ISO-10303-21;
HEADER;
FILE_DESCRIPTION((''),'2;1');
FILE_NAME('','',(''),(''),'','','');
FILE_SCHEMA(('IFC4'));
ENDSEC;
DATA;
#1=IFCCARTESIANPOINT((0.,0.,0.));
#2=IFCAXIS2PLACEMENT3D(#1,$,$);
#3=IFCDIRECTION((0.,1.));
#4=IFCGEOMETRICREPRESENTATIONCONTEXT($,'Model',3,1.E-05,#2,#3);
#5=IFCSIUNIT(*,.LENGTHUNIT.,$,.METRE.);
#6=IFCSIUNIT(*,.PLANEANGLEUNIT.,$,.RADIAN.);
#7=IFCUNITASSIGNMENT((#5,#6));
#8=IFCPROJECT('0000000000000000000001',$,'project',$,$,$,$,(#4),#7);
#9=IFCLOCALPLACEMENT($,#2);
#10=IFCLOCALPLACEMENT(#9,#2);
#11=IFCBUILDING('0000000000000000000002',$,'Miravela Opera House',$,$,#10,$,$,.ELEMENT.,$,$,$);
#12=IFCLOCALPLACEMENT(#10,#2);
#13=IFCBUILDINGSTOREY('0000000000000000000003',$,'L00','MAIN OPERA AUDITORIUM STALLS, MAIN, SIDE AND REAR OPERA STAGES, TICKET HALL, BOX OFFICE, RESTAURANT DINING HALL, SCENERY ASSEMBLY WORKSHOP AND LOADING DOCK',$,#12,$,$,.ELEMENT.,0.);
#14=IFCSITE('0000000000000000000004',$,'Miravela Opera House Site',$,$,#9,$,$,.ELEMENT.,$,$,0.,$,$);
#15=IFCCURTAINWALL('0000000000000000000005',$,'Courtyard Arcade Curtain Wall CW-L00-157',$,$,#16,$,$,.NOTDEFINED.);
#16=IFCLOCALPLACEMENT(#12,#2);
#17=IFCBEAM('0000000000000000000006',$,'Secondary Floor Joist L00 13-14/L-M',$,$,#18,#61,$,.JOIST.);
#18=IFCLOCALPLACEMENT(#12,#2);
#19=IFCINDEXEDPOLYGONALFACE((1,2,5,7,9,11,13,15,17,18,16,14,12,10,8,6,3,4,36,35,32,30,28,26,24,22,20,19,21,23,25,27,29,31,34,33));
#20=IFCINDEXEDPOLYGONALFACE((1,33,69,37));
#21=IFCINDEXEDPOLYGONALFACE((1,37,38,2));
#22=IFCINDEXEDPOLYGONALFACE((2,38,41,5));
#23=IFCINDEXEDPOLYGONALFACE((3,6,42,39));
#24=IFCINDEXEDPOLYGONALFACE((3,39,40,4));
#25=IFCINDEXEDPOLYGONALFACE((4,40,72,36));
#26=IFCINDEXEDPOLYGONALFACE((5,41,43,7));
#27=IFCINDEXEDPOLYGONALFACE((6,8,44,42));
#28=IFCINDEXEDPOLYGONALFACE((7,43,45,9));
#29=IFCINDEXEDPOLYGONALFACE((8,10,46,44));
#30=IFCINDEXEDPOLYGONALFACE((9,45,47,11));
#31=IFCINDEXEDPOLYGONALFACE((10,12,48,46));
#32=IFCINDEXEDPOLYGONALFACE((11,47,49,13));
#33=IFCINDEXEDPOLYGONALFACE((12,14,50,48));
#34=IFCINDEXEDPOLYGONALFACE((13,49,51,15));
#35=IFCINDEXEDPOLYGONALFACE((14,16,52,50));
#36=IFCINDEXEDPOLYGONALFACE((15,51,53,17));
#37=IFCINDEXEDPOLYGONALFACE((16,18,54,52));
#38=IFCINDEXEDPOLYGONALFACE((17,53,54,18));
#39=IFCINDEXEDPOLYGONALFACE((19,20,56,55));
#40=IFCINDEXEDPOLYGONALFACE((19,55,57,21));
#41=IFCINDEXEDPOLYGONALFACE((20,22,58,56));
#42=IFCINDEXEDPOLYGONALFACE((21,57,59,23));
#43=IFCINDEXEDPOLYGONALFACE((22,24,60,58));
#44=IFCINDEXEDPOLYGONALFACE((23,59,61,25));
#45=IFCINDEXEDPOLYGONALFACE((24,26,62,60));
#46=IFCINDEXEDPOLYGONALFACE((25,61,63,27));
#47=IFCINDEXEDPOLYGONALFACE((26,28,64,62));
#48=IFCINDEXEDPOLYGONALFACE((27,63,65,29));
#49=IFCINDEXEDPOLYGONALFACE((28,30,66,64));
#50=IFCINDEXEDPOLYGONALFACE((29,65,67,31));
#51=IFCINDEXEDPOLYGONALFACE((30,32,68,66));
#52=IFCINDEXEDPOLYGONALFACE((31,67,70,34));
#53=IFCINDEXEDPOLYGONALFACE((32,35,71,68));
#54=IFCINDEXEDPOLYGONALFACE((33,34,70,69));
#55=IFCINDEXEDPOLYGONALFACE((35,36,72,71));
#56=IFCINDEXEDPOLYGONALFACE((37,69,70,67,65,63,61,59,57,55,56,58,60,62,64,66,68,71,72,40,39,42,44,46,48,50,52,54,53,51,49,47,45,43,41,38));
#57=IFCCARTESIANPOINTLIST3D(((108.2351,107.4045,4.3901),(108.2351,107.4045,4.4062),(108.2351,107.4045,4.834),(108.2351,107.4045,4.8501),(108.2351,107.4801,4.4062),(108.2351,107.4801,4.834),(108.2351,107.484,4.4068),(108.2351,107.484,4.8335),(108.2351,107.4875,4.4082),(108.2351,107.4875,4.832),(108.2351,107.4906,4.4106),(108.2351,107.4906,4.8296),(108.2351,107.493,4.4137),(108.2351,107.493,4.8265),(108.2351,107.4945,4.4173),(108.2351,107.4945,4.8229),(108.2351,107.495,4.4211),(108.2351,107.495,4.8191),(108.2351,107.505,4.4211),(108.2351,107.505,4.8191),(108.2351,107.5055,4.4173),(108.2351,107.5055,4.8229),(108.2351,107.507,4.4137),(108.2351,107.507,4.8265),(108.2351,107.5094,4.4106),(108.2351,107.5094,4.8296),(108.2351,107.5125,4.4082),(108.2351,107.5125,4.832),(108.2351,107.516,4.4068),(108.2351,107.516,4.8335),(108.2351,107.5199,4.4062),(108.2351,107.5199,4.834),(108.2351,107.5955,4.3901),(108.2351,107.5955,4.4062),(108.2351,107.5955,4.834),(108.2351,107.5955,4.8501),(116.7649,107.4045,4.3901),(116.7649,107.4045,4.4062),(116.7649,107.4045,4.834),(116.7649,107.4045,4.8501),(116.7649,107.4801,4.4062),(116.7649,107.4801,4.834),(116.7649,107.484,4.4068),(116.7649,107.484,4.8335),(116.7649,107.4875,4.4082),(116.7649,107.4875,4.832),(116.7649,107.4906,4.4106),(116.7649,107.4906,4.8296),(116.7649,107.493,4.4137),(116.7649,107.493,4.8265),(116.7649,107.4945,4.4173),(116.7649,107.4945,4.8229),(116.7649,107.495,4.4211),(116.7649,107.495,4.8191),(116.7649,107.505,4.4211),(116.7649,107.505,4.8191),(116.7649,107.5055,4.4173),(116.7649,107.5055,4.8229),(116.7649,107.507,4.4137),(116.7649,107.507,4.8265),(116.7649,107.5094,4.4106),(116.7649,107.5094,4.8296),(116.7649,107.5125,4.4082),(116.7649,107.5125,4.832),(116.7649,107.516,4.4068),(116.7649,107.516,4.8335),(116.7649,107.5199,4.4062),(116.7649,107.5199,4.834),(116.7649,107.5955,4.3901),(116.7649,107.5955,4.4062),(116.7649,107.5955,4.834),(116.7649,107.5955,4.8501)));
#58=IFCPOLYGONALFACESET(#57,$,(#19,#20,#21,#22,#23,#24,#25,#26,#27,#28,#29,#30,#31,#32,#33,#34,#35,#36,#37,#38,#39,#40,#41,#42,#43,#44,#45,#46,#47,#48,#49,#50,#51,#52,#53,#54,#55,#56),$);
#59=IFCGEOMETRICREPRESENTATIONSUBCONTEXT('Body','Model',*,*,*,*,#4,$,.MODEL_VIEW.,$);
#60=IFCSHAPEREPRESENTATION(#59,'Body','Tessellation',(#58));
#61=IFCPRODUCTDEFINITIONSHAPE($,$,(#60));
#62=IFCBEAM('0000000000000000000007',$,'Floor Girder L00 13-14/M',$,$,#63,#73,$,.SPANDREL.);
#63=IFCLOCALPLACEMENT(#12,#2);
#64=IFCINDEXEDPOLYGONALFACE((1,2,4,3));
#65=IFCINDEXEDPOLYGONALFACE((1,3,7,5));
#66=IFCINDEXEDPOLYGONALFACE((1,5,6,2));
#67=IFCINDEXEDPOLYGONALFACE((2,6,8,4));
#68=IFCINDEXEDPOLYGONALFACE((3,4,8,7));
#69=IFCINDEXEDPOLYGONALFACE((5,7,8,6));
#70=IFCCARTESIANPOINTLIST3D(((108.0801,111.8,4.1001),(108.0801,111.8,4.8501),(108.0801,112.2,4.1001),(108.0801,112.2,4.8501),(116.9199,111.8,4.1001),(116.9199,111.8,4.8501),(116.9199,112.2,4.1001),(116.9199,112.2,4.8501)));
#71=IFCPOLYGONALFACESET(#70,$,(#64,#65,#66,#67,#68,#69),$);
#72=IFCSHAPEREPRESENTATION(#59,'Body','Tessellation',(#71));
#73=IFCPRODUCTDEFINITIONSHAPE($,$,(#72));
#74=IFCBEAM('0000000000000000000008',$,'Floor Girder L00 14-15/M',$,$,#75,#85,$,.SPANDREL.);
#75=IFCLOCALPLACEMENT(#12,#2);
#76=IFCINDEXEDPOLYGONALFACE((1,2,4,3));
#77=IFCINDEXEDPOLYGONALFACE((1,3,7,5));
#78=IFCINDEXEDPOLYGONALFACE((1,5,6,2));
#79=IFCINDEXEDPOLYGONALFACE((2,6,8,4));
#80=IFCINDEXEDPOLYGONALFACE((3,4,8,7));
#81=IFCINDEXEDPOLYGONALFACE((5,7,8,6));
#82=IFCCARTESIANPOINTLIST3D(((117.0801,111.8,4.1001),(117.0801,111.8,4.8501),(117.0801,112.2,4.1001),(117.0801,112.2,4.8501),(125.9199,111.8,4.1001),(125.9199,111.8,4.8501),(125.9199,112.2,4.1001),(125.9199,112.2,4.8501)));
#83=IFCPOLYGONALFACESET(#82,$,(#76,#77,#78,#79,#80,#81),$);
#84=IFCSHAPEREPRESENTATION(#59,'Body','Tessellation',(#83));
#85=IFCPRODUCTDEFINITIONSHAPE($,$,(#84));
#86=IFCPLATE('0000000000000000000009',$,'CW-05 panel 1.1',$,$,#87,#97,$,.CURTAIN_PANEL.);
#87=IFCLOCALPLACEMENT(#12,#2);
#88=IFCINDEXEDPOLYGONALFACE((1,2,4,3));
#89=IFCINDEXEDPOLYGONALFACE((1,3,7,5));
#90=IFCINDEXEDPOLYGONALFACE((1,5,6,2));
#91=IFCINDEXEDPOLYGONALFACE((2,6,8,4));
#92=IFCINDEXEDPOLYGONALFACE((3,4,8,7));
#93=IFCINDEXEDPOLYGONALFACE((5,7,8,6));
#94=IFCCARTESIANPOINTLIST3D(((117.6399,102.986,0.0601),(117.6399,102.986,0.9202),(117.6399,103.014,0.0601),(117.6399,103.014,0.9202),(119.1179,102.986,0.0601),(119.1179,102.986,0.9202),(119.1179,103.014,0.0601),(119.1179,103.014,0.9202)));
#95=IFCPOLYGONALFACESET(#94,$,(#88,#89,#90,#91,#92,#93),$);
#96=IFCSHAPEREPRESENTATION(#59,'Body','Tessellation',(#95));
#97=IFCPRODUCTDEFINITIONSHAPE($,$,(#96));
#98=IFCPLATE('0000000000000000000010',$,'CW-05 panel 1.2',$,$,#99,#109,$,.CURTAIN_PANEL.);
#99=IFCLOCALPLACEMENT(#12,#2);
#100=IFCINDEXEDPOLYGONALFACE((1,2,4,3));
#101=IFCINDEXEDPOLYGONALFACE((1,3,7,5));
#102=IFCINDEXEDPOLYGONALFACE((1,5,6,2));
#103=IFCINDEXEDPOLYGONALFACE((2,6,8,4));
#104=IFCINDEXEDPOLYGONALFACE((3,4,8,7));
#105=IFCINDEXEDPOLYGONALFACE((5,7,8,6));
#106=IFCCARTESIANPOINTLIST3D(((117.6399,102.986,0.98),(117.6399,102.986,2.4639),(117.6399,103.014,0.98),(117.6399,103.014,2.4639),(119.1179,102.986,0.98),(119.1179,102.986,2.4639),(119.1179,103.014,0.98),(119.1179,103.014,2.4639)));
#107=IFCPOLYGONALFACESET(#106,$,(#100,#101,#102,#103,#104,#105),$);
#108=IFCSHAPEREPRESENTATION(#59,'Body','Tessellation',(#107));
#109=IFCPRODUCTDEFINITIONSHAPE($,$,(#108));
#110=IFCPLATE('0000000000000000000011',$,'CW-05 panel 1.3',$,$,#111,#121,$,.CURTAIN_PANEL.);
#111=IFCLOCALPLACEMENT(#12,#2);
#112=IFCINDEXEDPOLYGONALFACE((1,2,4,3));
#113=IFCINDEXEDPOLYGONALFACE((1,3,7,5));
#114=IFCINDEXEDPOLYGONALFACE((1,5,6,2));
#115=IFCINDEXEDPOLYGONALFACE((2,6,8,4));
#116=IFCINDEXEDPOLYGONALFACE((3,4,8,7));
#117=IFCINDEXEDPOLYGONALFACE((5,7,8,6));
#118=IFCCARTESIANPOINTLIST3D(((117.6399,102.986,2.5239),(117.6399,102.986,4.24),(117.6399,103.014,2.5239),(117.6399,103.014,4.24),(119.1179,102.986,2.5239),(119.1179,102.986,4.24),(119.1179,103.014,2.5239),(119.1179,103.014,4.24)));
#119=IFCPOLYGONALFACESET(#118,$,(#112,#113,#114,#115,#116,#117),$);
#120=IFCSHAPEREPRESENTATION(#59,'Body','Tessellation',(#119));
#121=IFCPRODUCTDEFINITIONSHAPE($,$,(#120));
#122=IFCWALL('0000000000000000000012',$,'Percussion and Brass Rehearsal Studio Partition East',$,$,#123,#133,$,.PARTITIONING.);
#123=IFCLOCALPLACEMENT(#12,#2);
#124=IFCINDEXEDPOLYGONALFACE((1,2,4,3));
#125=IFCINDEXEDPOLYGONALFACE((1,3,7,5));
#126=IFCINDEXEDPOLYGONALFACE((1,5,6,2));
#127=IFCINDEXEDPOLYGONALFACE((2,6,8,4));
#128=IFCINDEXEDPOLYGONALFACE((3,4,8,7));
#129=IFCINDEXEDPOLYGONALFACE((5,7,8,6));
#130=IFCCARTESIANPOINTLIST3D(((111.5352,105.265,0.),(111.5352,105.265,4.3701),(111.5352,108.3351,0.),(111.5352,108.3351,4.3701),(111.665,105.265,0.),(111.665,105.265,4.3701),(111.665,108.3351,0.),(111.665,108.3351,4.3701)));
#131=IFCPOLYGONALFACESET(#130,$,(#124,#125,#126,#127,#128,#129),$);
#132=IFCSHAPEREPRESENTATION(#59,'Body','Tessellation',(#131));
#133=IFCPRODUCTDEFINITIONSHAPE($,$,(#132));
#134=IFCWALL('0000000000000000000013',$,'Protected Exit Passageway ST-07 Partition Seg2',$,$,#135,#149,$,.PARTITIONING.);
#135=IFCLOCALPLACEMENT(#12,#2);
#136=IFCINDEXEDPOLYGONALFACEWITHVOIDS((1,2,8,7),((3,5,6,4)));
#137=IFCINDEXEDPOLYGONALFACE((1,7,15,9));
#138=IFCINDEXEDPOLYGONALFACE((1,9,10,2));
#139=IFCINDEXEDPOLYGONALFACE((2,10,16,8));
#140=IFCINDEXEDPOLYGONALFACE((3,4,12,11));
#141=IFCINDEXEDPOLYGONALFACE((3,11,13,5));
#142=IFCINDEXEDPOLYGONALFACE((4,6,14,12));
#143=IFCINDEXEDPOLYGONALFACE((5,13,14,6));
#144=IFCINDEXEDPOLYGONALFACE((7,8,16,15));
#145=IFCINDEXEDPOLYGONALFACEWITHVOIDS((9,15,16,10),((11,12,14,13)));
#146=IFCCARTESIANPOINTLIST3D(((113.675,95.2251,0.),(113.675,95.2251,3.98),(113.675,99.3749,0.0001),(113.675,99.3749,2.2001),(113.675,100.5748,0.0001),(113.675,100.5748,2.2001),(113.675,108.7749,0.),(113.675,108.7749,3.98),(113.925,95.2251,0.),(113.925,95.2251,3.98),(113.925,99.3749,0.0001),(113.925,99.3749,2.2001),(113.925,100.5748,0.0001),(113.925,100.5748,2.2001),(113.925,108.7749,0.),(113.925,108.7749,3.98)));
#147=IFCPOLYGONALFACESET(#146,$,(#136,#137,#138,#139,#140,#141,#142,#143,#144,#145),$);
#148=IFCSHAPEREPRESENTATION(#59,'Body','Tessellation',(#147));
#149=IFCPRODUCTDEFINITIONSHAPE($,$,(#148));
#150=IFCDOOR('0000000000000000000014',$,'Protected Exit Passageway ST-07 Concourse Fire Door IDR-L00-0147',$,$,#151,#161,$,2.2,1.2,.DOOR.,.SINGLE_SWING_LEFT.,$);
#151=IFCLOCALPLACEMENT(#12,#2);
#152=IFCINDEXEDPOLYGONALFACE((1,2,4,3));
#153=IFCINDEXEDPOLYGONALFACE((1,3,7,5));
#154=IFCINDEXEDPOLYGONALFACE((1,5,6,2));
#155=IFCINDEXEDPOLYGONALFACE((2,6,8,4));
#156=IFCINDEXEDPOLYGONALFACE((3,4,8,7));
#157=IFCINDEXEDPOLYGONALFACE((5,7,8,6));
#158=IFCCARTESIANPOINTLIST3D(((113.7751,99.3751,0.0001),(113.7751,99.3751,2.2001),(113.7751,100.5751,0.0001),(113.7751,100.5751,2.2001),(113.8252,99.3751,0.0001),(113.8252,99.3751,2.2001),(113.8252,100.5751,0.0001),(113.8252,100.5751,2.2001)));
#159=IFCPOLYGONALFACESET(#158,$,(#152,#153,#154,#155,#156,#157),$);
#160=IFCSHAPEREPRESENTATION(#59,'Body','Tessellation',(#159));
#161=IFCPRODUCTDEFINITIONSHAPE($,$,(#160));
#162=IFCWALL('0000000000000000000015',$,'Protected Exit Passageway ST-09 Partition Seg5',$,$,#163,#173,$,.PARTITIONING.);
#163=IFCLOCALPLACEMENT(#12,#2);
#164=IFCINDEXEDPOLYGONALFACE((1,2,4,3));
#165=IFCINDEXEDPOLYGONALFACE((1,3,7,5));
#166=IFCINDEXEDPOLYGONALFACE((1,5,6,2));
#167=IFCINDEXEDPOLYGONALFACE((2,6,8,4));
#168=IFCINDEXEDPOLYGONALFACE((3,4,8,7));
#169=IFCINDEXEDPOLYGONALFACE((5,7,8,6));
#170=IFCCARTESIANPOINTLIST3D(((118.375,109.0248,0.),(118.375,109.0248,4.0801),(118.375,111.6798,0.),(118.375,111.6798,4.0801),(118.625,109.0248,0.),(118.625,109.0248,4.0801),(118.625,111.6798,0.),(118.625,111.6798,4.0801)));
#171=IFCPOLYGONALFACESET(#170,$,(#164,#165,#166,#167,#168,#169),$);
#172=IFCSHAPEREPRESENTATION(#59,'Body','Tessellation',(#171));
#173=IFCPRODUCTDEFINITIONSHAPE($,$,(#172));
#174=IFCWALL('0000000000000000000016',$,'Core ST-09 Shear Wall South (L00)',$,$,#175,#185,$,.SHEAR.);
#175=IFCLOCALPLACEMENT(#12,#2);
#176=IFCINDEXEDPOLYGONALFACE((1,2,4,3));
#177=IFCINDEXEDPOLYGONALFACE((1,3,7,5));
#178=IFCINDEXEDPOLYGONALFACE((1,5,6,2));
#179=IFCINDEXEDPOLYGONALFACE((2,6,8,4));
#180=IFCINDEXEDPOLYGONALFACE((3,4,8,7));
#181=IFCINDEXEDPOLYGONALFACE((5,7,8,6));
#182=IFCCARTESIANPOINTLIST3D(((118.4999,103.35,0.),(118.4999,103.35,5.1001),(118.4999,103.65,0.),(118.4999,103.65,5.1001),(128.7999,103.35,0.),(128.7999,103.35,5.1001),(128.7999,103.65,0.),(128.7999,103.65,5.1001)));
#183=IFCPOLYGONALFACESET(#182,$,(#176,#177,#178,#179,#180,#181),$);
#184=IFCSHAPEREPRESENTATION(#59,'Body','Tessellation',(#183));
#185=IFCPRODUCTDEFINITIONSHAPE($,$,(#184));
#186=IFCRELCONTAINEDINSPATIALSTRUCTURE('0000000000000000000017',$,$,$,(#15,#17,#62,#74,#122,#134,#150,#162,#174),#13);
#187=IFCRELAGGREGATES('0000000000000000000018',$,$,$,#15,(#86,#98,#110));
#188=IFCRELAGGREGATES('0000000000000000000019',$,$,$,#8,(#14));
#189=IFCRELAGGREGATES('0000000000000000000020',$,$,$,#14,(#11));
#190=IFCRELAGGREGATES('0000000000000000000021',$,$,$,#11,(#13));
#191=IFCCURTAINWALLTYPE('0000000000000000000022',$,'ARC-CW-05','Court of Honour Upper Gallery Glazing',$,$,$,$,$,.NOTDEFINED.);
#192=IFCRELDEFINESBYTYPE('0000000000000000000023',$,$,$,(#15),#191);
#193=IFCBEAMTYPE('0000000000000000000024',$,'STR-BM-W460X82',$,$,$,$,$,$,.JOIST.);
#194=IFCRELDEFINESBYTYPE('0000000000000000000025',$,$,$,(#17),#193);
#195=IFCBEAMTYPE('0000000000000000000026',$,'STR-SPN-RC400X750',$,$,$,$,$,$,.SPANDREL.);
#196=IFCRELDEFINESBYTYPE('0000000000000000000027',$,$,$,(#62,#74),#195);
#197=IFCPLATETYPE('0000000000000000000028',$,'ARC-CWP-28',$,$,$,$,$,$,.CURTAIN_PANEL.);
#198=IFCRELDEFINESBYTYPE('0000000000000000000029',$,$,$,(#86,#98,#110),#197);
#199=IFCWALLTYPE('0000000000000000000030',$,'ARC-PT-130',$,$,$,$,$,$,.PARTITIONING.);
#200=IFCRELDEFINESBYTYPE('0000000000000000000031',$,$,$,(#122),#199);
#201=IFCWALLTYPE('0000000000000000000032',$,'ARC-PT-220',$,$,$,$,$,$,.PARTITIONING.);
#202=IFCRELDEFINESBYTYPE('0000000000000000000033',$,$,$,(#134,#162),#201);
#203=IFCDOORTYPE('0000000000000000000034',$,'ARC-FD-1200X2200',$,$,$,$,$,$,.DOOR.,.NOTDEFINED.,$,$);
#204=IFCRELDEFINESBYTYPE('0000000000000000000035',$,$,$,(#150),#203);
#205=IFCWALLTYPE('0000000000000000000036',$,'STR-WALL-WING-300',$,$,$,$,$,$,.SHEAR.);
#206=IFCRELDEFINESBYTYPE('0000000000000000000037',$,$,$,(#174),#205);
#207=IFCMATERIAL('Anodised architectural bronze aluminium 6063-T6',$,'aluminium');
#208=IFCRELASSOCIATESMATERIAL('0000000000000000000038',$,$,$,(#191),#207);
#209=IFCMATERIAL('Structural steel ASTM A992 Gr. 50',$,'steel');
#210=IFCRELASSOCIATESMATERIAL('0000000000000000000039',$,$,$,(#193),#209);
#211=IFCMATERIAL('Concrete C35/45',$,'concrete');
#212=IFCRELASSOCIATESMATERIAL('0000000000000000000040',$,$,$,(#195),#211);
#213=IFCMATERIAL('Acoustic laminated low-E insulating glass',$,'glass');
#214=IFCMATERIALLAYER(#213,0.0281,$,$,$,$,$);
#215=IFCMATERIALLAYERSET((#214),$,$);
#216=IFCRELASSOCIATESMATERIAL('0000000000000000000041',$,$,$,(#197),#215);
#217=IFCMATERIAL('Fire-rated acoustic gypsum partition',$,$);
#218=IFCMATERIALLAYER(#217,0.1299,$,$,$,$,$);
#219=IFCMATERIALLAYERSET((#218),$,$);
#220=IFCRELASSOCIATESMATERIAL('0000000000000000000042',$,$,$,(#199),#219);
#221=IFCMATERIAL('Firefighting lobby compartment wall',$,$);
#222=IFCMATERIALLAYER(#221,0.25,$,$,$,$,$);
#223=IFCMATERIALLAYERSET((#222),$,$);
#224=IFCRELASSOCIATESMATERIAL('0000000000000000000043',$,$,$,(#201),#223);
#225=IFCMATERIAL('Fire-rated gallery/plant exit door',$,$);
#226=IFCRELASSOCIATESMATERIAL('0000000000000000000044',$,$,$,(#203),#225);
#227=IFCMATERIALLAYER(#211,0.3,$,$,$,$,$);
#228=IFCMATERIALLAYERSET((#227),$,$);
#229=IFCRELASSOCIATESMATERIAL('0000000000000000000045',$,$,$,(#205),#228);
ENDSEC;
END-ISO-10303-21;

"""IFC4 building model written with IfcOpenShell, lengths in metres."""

from ifc_helpers import new_model, si_unit, direction, frame, frame_2d, origin, origin_2d, place, context, subcontext, project, spatial, rectangle, i_section, extrude, material, layer, layer_set, material_profile, profile_set, type_object, element, fill, aggregate, save


model = new_model("IFC4")

# Units and contexts
model_context = context("Model", 3, precision=1e-05, world=origin(), true_north=direction((0.0, 1.0)))
body_context = subcontext(model_context, "Body", "Model", "MODEL_VIEW")
ifc_project = project(units=[si_unit("LENGTHUNIT", "METRE"), si_unit("PLANEANGLEUNIT", "RADIAN")], contexts=[model_context])

# Site, building, storey
site_placement = place(None, origin())
site = spatial("IfcSite", under=ifc_project, at=site_placement, Name="Miravela Opera House Site", CompositionType="ELEMENT", RefElevation=0.0)
building_placement = place(site_placement, origin())
building = spatial("IfcBuilding", under=site, at=building_placement, Name="Miravela Opera House", CompositionType="ELEMENT")
storey_placement = place(building_placement, origin())
storey = spatial("IfcBuildingStorey", under=building, at=storey_placement, Name="L00", Description="MAIN OPERA AUDITORIUM STALLS, MAIN, SIDE AND REAR OPERA STAGES, TICKET HALL, BOX OFFICE, RESTAURANT DINING HALL, SCENERY ASSEMBLY WORKSHOP AND LOADING DOCK", CompositionType="ELEMENT", Elevation=0.0)

# Curtain wall
ifc_material_1 = material(Name="Anodised architectural bronze aluminium 6063-T6", Category="aluminium")
curtain_wall_type = type_object("IfcCurtainWallType", Name="ARC-CW-05", Description="Court of Honour Upper Gallery Glazing", PredefinedType="NOTDEFINED", material=ifc_material_1)
curtain_wall_placement = place(storey_placement, origin())
curtain_wall = element("IfcCurtainWall", 1, at=curtain_wall_placement, inside=storey, type_object=curtain_wall_type, Name="Courtyard Arcade Curtain Wall CW-L00-157", PredefinedType="NOTDEFINED")

# Beams
ifc_material_2 = material(Name="Concrete C35/45", Category="concrete")
ifc_material_3 = material(Name="Structural steel ASTM A992 Gr. 50", Category="steel")
ifc_material_profile_1 = material_profile(ifc_material_3, i_section(OverallWidth=0.1909, OverallDepth=0.46, WebThickness=0.01, FlangeThickness=0.0161, FilletRadius=0.0149, at=origin_2d()), Name="W460X82")
ifc_profile_set_1 = profile_set([ifc_material_profile_1])
beam_type_1 = type_object("IfcBeamType", Name="STR-BM-W460X82", PredefinedType="JOIST", material=ifc_profile_set_1)
beam_1_placement = place(storey_placement, frame((108.2351, 107.5, 4.6201), z_axis=(1.0, 0.0, 0.0), x_axis=(0.0, 1.0, 0.0)))
element("IfcBeam", 2, at=beam_1_placement, inside=storey, type_object=beam_type_1, Name="Secondary Floor Joist L00 13-14/L-M", PredefinedType="JOIST", context=body_context, shape_type="SweptSolid", body=[
    extrude(i_section(OverallWidth=0.1909, OverallDepth=0.46, WebThickness=0.01, FlangeThickness=0.0161, FilletRadius=0.0149, at=origin_2d()), origin(), (0.0, 0.0, 1.0), 8.5298),
])
ifc_material_profile_2 = material_profile(ifc_material_2, rectangle(XDim=0.3999, YDim=0.75, at=origin_2d()), Name="RC-SPN-400X750")
ifc_profile_set_2 = profile_set([ifc_material_profile_2])
beam_type_2 = type_object("IfcBeamType", Name="STR-SPN-RC400X750", PredefinedType="SPANDREL", material=ifc_profile_set_2)
for number, where, z_axis, x_axis, name in (
    (3, (108.0801, 112.0, 4.4751), (1.0, 0.0, 0.0), (0.0, 1.0, 0.0), "Floor Girder L00 13-14/M"),
    (4, (117.0801, 112.0, 4.4751), (1.0, 0.0, 0.0), (0.0, 1.0, 0.0), "Floor Girder L00 14-15/M"),
):
    element("IfcBeam", number, at=place(storey_placement, frame(where, z_axis=z_axis, x_axis=x_axis)), inside=storey, type_object=beam_type_2, Name=name, PredefinedType="SPANDREL", context=body_context, shape_type="SweptSolid", body=[
        extrude(rectangle(XDim=0.3999, YDim=0.75, at=origin_2d()), origin(), (0.0, 0.0, 1.0), 8.8398),
    ])

# Plates
ifc_material_4 = material(Name="Acoustic laminated low-E insulating glass", Category="glass")
ifc_layer_1 = layer(ifc_material_4, 0.0281)
ifc_layer_set_1 = layer_set([ifc_layer_1])
plate_type = type_object("IfcPlateType", Name="ARC-CWP-28", PredefinedType="CURTAIN_PANEL", material=ifc_layer_set_1)
plate_1_placement = place(storey_placement, frame((118.3789, 103.0, 0.0601), z_axis=(0.0, 0.0, 1.0), x_axis=(1.0, 0.0, 0.0)))
plate_1 = element("IfcPlate", 5, at=plate_1_placement, type_object=plate_type, Name="CW-05 panel 1.1", PredefinedType="CURTAIN_PANEL", context=body_context, shape_type="SweptSolid", body=[
    extrude(rectangle(XDim=1.478, YDim=0.0281, at=origin_2d()), origin(), (0.0, 0.0, 1.0), 0.8601),
])
plate_2_placement = place(storey_placement, frame((118.3789, 103.0, 0.98), z_axis=(0.0, 0.0, 1.0), x_axis=(1.0, 0.0, 0.0)))
plate_2 = element("IfcPlate", 6, at=plate_2_placement, type_object=plate_type, Name="CW-05 panel 1.2", PredefinedType="CURTAIN_PANEL", context=body_context, shape_type="SweptSolid", body=[
    extrude(rectangle(XDim=1.478, YDim=0.0281, at=origin_2d()), origin(), (0.0, 0.0, 1.0), 1.4839),
])
plate_3_placement = place(storey_placement, frame((118.3789, 103.0, 2.5239), z_axis=(0.0, 0.0, 1.0), x_axis=(1.0, 0.0, 0.0)))
plate_3 = element("IfcPlate", 7, at=plate_3_placement, type_object=plate_type, Name="CW-05 panel 1.3", PredefinedType="CURTAIN_PANEL", context=body_context, shape_type="SweptSolid", body=[
    extrude(rectangle(XDim=1.478, YDim=0.0281, at=origin_2d()), origin(), (0.0, 0.0, 1.0), 1.7161),
])
aggregate(curtain_wall, [plate_1, plate_2, plate_3])

# Wall
ifc_material_5 = material(Name="Fire-rated acoustic gypsum partition")
ifc_layer_2 = layer(ifc_material_5, 0.1299)
ifc_layer_set_2 = layer_set([ifc_layer_2])
wall_type_1 = type_object("IfcWallType", Name="ARC-PT-130", PredefinedType="PARTITIONING", material=ifc_layer_set_2)
wall_1_placement = place(storey_placement, frame((111.6001, 105.2649, 0.0), z_axis=(0.0, 0.0, 1.0), x_axis=(0.0, 1.0, 0.0)))
element("IfcWall", 8, at=wall_1_placement, inside=storey, type_object=wall_type_1, Name="Percussion and Brass Rehearsal Studio Partition East", PredefinedType="PARTITIONING", context=body_context, shape_type="SweptSolid", body=[
    extrude(rectangle(XDim=3.0701, YDim=0.1299, at=frame_2d((1.5352, 0.0))), origin(), (0.0, 0.0, 1.0), 4.3701),
])

# Wall, opening, door
ifc_material_6 = material(Name="Firefighting lobby compartment wall")
ifc_layer_3 = layer(ifc_material_6, 0.25)
ifc_layer_set_3 = layer_set([ifc_layer_3])
wall_type_2 = type_object("IfcWallType", Name="ARC-PT-220", PredefinedType="PARTITIONING", material=ifc_layer_set_3)
wall_2_placement = place(storey_placement, frame((113.8, 108.7749, 0.0), z_axis=(0.0, 0.0, 1.0), x_axis=(0.0, -1.0, 0.0)))
wall_2 = element("IfcWall", 9, at=wall_2_placement, inside=storey, type_object=wall_type_2, Name="Protected Exit Passageway ST-07 Partition Seg2", PredefinedType="PARTITIONING", context=body_context, shape_type="SweptSolid", body=[
    extrude(rectangle(XDim=13.5498, YDim=0.25, at=frame_2d((6.7749, 0.0))), origin(), (0.0, 0.0, 1.0), 3.98),
])
opening_1_placement = place(wall_2_placement, frame((8.2, 0.0, 0.0)))
opening_1 = element("IfcOpeningElement", 10, at=opening_1_placement, cuts=wall_2, PredefinedType="OPENING", context=body_context, shape_type="SweptSolid", body=[
    extrude(rectangle(XDim=1.2, YDim=2.2, at=frame_2d((0.6001, 1.1001))), frame((0.0, 0.135, 0.0), z_axis=(0.0, -1.0, 0.0), x_axis=(1.0, 0.0, 0.0)), (0.0, 0.0, 1.0), 0.27),
])
ifc_material_7 = material(Name="Fire-rated gallery/plant exit door")
door_type_1 = type_object("IfcDoorType", Name="ARC-FD-1200X2200", OperationType="NOTDEFINED", PredefinedType="DOOR", material=ifc_material_7)
door_1_placement = place(opening_1_placement, frame((1.2, 0.0, 0.0), z_axis=(0.0, 0.0, 1.0), x_axis=(-1.0, 0.0, 0.0)))
door_1 = element("IfcDoor", 11, at=door_1_placement, inside=storey, type_object=door_type_1, Name="Protected Exit Passageway ST-07 Concourse Fire Door IDR-L00-0147", OperationType="SINGLE_SWING_LEFT", OverallHeight=2.2, OverallWidth=1.2, PredefinedType="DOOR", context=body_context, shape_type="SweptSolid", body=[
    extrude(rectangle(XDim=1.2, YDim=2.2, at=frame_2d((0.6001, 1.1001))), frame((0.0, 0.0249, 0.0), z_axis=(0.0, -1.0, 0.0), x_axis=(1.0, 0.0, 0.0)), (0.0, 0.0, 1.0), 0.05),
])
fill(opening_1, door_1)

# Walls
wall_3_placement = place(storey_placement, frame((118.5, 111.6799, 0.0), z_axis=(0.0, 0.0, 1.0), x_axis=(0.0, -1.0, 0.0)))
element("IfcWall", 12, at=wall_3_placement, inside=storey, type_object=wall_type_2, Name="Protected Exit Passageway ST-09 Partition Seg5", PredefinedType="PARTITIONING", context=body_context, shape_type="SweptSolid", body=[
    extrude(rectangle(XDim=2.655, YDim=0.25, at=frame_2d((1.3276, 0.0))), origin(), (0.0, 0.0, 1.0), 4.0801),
])
ifc_layer_4 = layer(ifc_material_2, 0.3)
ifc_layer_set_4 = layer_set([ifc_layer_4])
wall_type_3 = type_object("IfcWallType", Name="STR-WALL-WING-300", PredefinedType="SHEAR", material=ifc_layer_set_4)
wall_4_placement = place(storey_placement, frame((118.5, 103.5, 0.0), z_axis=(0.0, 0.0, 1.0), x_axis=(1.0, 0.0, 0.0)))
element("IfcWall", 13, at=wall_4_placement, inside=storey, type_object=wall_type_3, Name="Core ST-09 Shear Wall South (L00)", PredefinedType="SHEAR", context=body_context, shape_type="SweptSolid", body=[
    extrude(rectangle(XDim=10.3, YDim=0.3, at=frame_2d((5.1499, 0.0))), origin(), (0.0, 0.0, 1.0), 5.1001),
])

save(model, "model.ifc")
